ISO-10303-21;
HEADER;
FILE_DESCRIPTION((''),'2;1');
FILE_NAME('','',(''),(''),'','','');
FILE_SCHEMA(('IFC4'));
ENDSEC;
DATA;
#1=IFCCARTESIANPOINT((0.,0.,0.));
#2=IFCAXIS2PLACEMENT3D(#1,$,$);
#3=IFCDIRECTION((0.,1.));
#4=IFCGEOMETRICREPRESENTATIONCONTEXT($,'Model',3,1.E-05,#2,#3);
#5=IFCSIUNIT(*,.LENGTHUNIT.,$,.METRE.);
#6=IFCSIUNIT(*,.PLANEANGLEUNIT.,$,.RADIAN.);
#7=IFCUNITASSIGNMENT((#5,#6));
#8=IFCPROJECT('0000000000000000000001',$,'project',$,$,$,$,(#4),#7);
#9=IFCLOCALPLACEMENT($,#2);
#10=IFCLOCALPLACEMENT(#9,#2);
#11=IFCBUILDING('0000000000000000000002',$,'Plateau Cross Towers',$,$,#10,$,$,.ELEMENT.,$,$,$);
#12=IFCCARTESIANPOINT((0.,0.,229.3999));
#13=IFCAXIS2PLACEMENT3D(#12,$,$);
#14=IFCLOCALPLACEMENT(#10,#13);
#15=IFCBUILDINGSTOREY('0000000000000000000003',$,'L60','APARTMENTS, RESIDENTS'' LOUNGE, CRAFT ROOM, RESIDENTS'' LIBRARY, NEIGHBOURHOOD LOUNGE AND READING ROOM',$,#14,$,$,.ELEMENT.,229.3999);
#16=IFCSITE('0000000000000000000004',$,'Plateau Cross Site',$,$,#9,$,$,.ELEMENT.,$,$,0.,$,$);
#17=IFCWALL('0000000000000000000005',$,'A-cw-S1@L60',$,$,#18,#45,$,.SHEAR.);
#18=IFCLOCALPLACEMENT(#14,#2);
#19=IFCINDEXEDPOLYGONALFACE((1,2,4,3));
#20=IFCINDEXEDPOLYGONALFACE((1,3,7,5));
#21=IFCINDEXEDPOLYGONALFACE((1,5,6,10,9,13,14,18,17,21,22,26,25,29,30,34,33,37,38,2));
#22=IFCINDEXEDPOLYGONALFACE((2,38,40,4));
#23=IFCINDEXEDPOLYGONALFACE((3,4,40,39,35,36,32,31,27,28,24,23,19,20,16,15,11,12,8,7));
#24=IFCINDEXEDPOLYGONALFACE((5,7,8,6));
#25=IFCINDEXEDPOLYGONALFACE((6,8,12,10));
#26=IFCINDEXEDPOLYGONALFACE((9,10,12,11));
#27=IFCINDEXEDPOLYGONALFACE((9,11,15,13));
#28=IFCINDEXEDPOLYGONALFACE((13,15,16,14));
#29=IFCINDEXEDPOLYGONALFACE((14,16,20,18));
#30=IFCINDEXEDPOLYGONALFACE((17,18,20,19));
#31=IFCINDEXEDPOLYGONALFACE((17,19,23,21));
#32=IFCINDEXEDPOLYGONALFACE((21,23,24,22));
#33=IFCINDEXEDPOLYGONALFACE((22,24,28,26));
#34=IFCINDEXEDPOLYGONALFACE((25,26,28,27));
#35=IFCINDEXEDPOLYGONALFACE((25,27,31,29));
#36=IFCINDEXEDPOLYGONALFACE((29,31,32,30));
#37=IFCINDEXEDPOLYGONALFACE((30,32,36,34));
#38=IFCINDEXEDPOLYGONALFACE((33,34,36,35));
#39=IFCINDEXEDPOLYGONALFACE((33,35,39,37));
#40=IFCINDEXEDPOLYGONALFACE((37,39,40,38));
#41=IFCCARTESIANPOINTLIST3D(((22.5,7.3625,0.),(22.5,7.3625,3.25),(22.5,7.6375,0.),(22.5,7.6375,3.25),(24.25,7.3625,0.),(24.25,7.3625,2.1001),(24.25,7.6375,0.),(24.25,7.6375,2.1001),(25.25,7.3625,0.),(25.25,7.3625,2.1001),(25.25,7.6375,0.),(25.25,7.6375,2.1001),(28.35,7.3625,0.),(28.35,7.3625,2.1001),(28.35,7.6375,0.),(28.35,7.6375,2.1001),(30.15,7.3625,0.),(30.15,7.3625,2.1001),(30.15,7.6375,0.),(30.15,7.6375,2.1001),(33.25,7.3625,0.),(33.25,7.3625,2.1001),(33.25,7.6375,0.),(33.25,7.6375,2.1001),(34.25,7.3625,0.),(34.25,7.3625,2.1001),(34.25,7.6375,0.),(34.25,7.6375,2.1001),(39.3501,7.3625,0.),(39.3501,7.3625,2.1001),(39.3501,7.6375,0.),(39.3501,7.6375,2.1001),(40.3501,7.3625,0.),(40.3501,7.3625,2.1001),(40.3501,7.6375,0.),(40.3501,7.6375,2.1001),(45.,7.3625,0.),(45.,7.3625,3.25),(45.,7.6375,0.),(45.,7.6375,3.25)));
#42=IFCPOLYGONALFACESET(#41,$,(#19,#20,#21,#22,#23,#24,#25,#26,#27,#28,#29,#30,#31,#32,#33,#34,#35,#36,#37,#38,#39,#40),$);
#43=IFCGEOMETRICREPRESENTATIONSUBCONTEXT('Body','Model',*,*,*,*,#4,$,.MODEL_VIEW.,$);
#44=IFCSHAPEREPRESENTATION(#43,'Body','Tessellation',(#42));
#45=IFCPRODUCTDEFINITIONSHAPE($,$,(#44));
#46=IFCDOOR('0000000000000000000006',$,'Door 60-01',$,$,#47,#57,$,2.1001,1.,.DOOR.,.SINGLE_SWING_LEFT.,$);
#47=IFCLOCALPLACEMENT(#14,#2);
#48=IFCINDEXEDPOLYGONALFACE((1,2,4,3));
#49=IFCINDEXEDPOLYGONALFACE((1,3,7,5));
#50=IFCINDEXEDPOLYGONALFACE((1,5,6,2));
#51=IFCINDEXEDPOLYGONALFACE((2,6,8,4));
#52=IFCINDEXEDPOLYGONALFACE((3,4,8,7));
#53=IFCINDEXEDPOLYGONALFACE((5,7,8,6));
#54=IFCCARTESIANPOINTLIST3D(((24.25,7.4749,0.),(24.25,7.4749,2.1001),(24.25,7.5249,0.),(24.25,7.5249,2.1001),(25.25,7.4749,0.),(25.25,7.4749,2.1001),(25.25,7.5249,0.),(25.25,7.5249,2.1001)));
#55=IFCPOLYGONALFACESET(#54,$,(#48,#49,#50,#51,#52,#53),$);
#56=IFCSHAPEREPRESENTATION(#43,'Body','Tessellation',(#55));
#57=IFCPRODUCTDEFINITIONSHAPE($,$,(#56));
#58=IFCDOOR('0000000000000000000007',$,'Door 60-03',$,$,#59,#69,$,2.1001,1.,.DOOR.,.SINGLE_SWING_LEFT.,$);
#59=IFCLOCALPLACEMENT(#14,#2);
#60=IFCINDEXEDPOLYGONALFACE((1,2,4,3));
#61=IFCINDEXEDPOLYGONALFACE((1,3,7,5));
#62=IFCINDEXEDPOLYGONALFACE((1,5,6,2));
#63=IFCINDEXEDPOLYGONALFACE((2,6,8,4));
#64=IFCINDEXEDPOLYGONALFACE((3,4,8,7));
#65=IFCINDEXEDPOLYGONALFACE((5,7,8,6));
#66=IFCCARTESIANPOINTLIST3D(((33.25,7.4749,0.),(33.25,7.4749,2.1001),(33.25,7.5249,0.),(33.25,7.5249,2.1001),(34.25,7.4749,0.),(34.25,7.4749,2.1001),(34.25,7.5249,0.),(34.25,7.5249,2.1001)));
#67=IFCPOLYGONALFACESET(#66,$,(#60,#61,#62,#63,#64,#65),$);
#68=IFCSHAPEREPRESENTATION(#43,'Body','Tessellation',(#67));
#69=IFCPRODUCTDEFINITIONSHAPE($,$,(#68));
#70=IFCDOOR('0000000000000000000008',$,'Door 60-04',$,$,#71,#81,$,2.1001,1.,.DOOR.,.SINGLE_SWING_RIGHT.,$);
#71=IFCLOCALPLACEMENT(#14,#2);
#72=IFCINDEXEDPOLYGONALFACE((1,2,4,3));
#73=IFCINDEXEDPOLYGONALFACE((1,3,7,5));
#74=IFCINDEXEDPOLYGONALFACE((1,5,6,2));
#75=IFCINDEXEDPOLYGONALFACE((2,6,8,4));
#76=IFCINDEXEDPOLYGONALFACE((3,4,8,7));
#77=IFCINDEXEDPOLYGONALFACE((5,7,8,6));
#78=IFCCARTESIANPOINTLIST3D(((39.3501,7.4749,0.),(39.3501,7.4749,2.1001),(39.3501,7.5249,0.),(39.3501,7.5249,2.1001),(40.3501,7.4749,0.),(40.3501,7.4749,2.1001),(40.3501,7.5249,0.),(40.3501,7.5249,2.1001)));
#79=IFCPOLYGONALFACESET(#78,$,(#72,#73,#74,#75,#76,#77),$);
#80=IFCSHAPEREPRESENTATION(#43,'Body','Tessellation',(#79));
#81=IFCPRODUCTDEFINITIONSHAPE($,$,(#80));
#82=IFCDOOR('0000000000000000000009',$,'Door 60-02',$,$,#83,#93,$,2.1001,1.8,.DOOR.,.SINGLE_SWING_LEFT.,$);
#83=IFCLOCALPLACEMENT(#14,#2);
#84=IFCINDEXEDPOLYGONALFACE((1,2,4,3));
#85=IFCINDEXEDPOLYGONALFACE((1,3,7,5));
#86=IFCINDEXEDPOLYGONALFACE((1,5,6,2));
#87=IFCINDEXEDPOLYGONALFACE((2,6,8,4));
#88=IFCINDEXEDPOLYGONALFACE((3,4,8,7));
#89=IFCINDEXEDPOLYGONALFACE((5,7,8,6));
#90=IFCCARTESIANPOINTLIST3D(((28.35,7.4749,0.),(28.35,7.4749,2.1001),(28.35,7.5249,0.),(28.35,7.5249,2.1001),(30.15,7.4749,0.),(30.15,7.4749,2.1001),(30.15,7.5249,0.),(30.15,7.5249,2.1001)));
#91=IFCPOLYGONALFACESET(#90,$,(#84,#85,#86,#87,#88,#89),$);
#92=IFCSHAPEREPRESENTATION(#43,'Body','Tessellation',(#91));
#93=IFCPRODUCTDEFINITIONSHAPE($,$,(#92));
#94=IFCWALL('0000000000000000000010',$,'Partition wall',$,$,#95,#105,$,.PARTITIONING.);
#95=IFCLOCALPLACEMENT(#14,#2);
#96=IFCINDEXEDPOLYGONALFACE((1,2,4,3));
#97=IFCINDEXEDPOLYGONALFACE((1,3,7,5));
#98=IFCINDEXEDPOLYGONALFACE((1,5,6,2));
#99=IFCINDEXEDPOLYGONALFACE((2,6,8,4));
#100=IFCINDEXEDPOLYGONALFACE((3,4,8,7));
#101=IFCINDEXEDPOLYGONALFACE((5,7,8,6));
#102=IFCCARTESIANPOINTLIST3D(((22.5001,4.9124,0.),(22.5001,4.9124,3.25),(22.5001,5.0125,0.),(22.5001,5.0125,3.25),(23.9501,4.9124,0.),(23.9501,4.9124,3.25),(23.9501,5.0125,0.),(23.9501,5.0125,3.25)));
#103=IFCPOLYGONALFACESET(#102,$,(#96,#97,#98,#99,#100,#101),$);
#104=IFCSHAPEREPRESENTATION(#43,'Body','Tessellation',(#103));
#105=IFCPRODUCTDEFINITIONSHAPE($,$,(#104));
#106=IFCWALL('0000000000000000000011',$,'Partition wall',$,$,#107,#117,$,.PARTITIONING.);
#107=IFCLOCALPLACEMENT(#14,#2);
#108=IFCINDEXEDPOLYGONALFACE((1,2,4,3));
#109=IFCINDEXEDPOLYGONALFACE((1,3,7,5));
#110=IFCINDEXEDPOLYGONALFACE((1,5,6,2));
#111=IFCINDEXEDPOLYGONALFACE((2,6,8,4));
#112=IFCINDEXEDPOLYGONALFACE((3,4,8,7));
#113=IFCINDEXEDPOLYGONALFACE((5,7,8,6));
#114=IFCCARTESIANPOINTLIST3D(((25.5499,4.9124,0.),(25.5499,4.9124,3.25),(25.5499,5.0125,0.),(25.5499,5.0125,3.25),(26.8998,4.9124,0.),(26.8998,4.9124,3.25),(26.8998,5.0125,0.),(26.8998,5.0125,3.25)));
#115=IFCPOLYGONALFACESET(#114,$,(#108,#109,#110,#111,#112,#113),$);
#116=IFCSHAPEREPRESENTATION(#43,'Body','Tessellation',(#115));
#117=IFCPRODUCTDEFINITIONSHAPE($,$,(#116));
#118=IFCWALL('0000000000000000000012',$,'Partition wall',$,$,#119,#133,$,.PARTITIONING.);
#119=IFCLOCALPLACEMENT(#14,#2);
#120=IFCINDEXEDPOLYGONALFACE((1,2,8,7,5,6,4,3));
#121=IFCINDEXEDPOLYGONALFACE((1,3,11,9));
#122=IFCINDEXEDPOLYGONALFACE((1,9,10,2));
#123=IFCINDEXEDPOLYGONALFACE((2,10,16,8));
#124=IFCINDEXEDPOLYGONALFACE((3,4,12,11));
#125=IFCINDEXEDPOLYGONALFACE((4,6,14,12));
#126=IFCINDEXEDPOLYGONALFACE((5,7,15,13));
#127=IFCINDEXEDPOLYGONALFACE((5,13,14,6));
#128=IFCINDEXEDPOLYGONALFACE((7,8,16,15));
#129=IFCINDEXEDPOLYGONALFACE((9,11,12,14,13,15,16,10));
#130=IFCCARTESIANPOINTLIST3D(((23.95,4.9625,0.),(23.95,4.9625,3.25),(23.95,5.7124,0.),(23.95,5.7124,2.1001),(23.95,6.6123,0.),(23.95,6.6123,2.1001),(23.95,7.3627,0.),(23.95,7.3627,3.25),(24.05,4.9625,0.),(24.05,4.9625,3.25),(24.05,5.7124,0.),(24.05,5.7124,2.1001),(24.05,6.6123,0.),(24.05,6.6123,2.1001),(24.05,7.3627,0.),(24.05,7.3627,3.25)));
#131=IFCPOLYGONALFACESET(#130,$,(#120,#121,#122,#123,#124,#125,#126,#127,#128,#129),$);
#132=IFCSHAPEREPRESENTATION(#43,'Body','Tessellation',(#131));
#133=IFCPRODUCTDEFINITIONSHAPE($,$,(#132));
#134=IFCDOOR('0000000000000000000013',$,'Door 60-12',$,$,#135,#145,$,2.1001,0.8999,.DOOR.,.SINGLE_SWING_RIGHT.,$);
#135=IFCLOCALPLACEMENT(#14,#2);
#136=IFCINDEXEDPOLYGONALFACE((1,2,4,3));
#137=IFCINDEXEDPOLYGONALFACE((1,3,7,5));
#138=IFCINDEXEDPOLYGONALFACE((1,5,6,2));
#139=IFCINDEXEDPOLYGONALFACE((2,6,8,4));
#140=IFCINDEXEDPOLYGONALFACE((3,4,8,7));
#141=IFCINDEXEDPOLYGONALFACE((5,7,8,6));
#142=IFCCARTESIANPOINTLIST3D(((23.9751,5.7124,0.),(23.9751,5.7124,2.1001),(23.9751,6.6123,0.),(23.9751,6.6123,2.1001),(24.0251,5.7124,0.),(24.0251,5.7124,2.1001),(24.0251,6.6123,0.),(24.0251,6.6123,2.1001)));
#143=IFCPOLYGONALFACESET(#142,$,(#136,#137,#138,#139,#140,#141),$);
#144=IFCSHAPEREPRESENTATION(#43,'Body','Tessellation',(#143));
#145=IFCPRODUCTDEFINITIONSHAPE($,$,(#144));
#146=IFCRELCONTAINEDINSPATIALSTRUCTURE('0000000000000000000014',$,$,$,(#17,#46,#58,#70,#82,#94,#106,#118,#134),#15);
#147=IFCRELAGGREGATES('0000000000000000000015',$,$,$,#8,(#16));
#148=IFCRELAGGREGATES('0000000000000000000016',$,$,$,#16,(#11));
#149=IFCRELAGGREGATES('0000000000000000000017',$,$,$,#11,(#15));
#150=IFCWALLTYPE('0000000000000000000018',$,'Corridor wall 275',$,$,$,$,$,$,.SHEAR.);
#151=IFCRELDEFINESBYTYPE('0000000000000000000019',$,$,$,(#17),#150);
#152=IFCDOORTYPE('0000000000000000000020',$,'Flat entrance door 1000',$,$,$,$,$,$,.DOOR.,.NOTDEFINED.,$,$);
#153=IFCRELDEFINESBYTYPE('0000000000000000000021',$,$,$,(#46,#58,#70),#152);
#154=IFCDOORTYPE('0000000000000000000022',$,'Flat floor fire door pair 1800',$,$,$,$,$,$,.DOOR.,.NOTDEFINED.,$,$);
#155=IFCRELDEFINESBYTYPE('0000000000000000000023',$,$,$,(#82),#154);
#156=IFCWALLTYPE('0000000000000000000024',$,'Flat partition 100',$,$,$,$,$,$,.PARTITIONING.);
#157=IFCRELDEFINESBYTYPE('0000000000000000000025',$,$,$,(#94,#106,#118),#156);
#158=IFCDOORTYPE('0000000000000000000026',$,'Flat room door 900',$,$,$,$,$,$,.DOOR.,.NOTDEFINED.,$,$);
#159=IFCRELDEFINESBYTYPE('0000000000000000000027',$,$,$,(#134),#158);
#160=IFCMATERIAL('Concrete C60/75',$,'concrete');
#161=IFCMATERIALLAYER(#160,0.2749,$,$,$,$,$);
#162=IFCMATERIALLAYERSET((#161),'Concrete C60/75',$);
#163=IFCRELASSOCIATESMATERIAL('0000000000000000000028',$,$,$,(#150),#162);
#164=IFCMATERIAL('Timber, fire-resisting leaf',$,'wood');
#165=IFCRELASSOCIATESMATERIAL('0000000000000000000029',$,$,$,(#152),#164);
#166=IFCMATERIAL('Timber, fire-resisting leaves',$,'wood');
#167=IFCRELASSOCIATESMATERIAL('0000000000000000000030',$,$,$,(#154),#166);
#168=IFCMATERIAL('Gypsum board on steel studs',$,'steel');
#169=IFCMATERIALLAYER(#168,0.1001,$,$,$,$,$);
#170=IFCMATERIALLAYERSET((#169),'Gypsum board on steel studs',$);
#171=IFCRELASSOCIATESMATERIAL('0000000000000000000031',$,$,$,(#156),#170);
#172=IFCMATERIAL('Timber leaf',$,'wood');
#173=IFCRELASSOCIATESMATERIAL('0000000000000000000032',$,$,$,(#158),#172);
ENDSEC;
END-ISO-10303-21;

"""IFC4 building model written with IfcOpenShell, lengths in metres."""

from ifc_helpers import new_model, si_unit, direction, frame, frame_2d, origin, place, context, subcontext, project, spatial, rectangle, extrude, material, layer, layer_set, type_object, element, fill, save


model = new_model("IFC4")

# Units and contexts
model_context = context("Model", 3, precision=1e-05, world=origin(), true_north=direction((0.0, 1.0)))
body_context = subcontext(model_context, "Body", "Model", "MODEL_VIEW")
ifc_project = project(units=[si_unit("LENGTHUNIT", "METRE"), si_unit("PLANEANGLEUNIT", "RADIAN")], contexts=[model_context])

# Site, building, storey
site_placement = place(None, origin())
site = spatial("IfcSite", under=ifc_project, at=site_placement, Name="Plateau Cross Site", CompositionType="ELEMENT", RefElevation=0.0)
building_placement = place(site_placement, origin())
building = spatial("IfcBuilding", under=site, at=building_placement, Name="Plateau Cross Towers", CompositionType="ELEMENT")
storey_placement = place(building_placement, frame((0.0, 0.0, 229.3999)))
storey = spatial("IfcBuildingStorey", under=building, at=storey_placement, Name="L60", Description="APARTMENTS, RESIDENTS' LOUNGE, CRAFT ROOM, RESIDENTS' LIBRARY, NEIGHBOURHOOD LOUNGE AND READING ROOM", CompositionType="ELEMENT", Elevation=229.3999)

# Shared definitions
ifc_material_1 = material(Name="Concrete C60/75", Category="concrete")

# Wall, openings, doors
ifc_layer_1 = layer(ifc_material_1, 0.2749)
ifc_layer_set_1 = layer_set([ifc_layer_1], Name="Concrete C60/75")
wall_type_1 = type_object("IfcWallType", Name="Corridor wall 275", PredefinedType="SHEAR", material=ifc_layer_set_1)
wall_1_placement = place(storey_placement, frame((22.5, 7.5, 0.0), z_axis=(0.0, 0.0, 1.0), x_axis=(1.0, 0.0, 0.0)))
wall_1 = element("IfcWall", 1, at=wall_1_placement, inside=storey, type_object=wall_type_1, Name="A-cw-S1@L60", PredefinedType="SHEAR", context=body_context, shape_type="SweptSolid", body=[
    extrude(rectangle(XDim=22.5, YDim=0.2749, at=frame_2d((11.25, 0.0))), origin(), (0.0, 0.0, 1.0), 3.25),
])
opening_1_placement = place(wall_1_placement, frame((1.75, 0.0, 0.0)))
opening_1 = element("IfcOpeningElement", 2, at=opening_1_placement, cuts=wall_1, PredefinedType="OPENING", context=body_context, shape_type="SweptSolid", body=[
    extrude(rectangle(XDim=1.0, YDim=2.1001, at=frame_2d((0.5, 1.05))), frame((0.0, 0.1475, 0.0), z_axis=(0.0, -1.0, 0.0), x_axis=(1.0, 0.0, 0.0)), (0.0, 0.0, 1.0), 0.2949),
])
opening_2_placement = place(wall_1_placement, frame((5.8501, 0.0, 0.0)))
opening_2 = element("IfcOpeningElement", 3, at=opening_2_placement, cuts=wall_1, PredefinedType="OPENING", context=body_context, shape_type="SweptSolid", body=[
    extrude(rectangle(XDim=1.8, YDim=2.1001, at=frame_2d((0.8999, 1.05))), frame((0.0, 0.1475, 0.0), z_axis=(0.0, -1.0, 0.0), x_axis=(1.0, 0.0, 0.0)), (0.0, 0.0, 1.0), 0.2949),
])
opening_3_placement = place(wall_1_placement, frame((10.75, 0.0, 0.0)))
opening_3 = element("IfcOpeningElement", 4, at=opening_3_placement, cuts=wall_1, PredefinedType="OPENING", context=body_context, shape_type="SweptSolid", body=[
    extrude(rectangle(XDim=1.0, YDim=2.1001, at=frame_2d((0.5, 1.05))), frame((0.0, 0.1475, 0.0), z_axis=(0.0, -1.0, 0.0), x_axis=(1.0, 0.0, 0.0)), (0.0, 0.0, 1.0), 0.2949),
])
opening_4_placement = place(wall_1_placement, frame((16.8501, 0.0, 0.0)))
opening_4 = element("IfcOpeningElement", 5, at=opening_4_placement, cuts=wall_1, PredefinedType="OPENING", context=body_context, shape_type="SweptSolid", body=[
    extrude(rectangle(XDim=1.0, YDim=2.1001, at=frame_2d((0.5, 1.05))), frame((0.0, 0.1475, 0.0), z_axis=(0.0, -1.0, 0.0), x_axis=(1.0, 0.0, 0.0)), (0.0, 0.0, 1.0), 0.2949),
])
ifc_material_2 = material(Name="Timber, fire-resisting leaf", Category="wood")
door_type_1 = type_object("IfcDoorType", Name="Flat entrance door 1000", OperationType="NOTDEFINED", PredefinedType="DOOR", material=ifc_material_2)
door_1_placement = place(opening_1_placement, origin())
door_1 = element("IfcDoor", 6, at=door_1_placement, inside=storey, type_object=door_type_1, Name="Door 60-01", OperationType="SINGLE_SWING_LEFT", OverallHeight=2.1001, OverallWidth=1.0, PredefinedType="DOOR", context=body_context, shape_type="SweptSolid", body=[
    extrude(rectangle(XDim=1.0, YDim=2.1001, at=frame_2d((0.5, 1.05))), frame((0.0, 0.0249, 0.0), z_axis=(0.0, -1.0, 0.0), x_axis=(1.0, 0.0, 0.0)), (0.0, 0.0, 1.0), 0.05),
])
fill(opening_1, door_1)
door_2_placement = place(opening_3_placement, origin())
door_2 = element("IfcDoor", 7, at=door_2_placement, inside=storey, type_object=door_type_1, Name="Door 60-03", OperationType="SINGLE_SWING_LEFT", OverallHeight=2.1001, OverallWidth=1.0, PredefinedType="DOOR", context=body_context, shape_type="SweptSolid", body=[
    extrude(rectangle(XDim=1.0, YDim=2.1001, at=frame_2d((0.5, 1.05))), frame((0.0, 0.0249, 0.0), z_axis=(0.0, -1.0, 0.0), x_axis=(1.0, 0.0, 0.0)), (0.0, 0.0, 1.0), 0.05),
])
fill(opening_3, door_2)
door_3_placement = place(opening_4_placement, origin())
door_3 = element("IfcDoor", 8, at=door_3_placement, inside=storey, type_object=door_type_1, Name="Door 60-04", OperationType="SINGLE_SWING_RIGHT", OverallHeight=2.1001, OverallWidth=1.0, PredefinedType="DOOR", context=body_context, shape_type="SweptSolid", body=[
    extrude(rectangle(XDim=1.0, YDim=2.1001, at=frame_2d((0.5, 1.05))), frame((0.0, 0.0249, 0.0), z_axis=(0.0, -1.0, 0.0), x_axis=(1.0, 0.0, 0.0)), (0.0, 0.0, 1.0), 0.05),
])
fill(opening_4, door_3)
ifc_material_3 = material(Name="Timber, fire-resisting leaves", Category="wood")
door_type_2 = type_object("IfcDoorType", Name="Flat floor fire door pair 1800", OperationType="NOTDEFINED", PredefinedType="DOOR", material=ifc_material_3)
door_4_placement = place(opening_2_placement, origin())
door_4 = element("IfcDoor", 9, at=door_4_placement, inside=storey, type_object=door_type_2, Name="Door 60-02", OperationType="SINGLE_SWING_LEFT", OverallHeight=2.1001, OverallWidth=1.8, PredefinedType="DOOR", context=body_context, shape_type="SweptSolid", body=[
    extrude(rectangle(XDim=1.8, YDim=2.1001, at=frame_2d((0.8999, 1.05))), frame((0.0, 0.0249, 0.0), z_axis=(0.0, -1.0, 0.0), x_axis=(1.0, 0.0, 0.0)), (0.0, 0.0, 1.0), 0.05),
])
fill(opening_2, door_4)

# Walls
ifc_material_4 = material(Name="Gypsum board on steel studs", Category="steel")
ifc_layer_2 = layer(ifc_material_4, 0.1001)
ifc_layer_set_2 = layer_set([ifc_layer_2], Name="Gypsum board on steel studs")
wall_type_2 = type_object("IfcWallType", Name="Flat partition 100", PredefinedType="PARTITIONING", material=ifc_layer_set_2)
wall_2_placement = place(storey_placement, frame((22.5, 4.9624, 0.0), z_axis=(0.0, 0.0, 1.0), x_axis=(1.0, 0.0, 0.0)))
element("IfcWall", 10, at=wall_2_placement, inside=storey, type_object=wall_type_2, Name="Partition wall", PredefinedType="PARTITIONING", context=body_context, shape_type="SweptSolid", body=[
    extrude(rectangle(XDim=1.45, YDim=0.1001, at=frame_2d((0.7251, 0.0))), origin(), (0.0, 0.0, 1.0), 3.25),
])
wall_3_placement = place(storey_placement, frame((25.55, 4.9624, 0.0), z_axis=(0.0, 0.0, 1.0), x_axis=(1.0, 0.0, 0.0)))
element("IfcWall", 11, at=wall_3_placement, inside=storey, type_object=wall_type_2, Name="Partition wall", PredefinedType="PARTITIONING", context=body_context, shape_type="SweptSolid", body=[
    extrude(rectangle(XDim=1.3499, YDim=0.1001, at=frame_2d((0.6748, 0.0))), origin(), (0.0, 0.0, 1.0), 3.25),
])

# Wall, opening, door
wall_4_placement = place(storey_placement, frame((24.0, 4.9624, 0.0), z_axis=(0.0, 0.0, 1.0), x_axis=(0.0, 1.0, 0.0)))
wall_4 = element("IfcWall", 12, at=wall_4_placement, inside=storey, type_object=wall_type_2, Name="Partition wall", PredefinedType="PARTITIONING", context=body_context, shape_type="SweptSolid", body=[
    extrude(rectangle(XDim=2.4001, YDim=0.1001, at=frame_2d((1.2002, 0.0))), origin(), (0.0, 0.0, 1.0), 3.25),
])
opening_5_placement = place(wall_4_placement, frame((0.75, 0.0, 0.0)))
opening_5 = element("IfcOpeningElement", 13, at=opening_5_placement, cuts=wall_4, PredefinedType="OPENING", context=body_context, shape_type="SweptSolid", body=[
    extrude(rectangle(XDim=0.8999, YDim=2.1001, at=frame_2d((0.45, 1.05))), frame((0.0, 0.0601, 0.0), z_axis=(0.0, -1.0, 0.0), x_axis=(1.0, 0.0, 0.0)), (0.0, 0.0, 1.0), 0.1201),
])
ifc_material_5 = material(Name="Timber leaf", Category="wood")
door_type_3 = type_object("IfcDoorType", Name="Flat room door 900", OperationType="NOTDEFINED", PredefinedType="DOOR", material=ifc_material_5)
door_5_placement = place(opening_5_placement, origin())
door_5 = element("IfcDoor", 14, at=door_5_placement, inside=storey, type_object=door_type_3, Name="Door 60-12", OperationType="SINGLE_SWING_RIGHT", OverallHeight=2.1001, OverallWidth=0.8999, PredefinedType="DOOR", context=body_context, shape_type="SweptSolid", body=[
    extrude(rectangle(XDim=0.8999, YDim=2.1001, at=frame_2d((0.45, 1.05))), frame((0.0, 0.0249, 0.0), z_axis=(0.0, -1.0, 0.0), x_axis=(1.0, 0.0, 0.0)), (0.0, 0.0, 1.0), 0.05),
])
fill(opening_5, door_5)

save(model, "model.ifc")
